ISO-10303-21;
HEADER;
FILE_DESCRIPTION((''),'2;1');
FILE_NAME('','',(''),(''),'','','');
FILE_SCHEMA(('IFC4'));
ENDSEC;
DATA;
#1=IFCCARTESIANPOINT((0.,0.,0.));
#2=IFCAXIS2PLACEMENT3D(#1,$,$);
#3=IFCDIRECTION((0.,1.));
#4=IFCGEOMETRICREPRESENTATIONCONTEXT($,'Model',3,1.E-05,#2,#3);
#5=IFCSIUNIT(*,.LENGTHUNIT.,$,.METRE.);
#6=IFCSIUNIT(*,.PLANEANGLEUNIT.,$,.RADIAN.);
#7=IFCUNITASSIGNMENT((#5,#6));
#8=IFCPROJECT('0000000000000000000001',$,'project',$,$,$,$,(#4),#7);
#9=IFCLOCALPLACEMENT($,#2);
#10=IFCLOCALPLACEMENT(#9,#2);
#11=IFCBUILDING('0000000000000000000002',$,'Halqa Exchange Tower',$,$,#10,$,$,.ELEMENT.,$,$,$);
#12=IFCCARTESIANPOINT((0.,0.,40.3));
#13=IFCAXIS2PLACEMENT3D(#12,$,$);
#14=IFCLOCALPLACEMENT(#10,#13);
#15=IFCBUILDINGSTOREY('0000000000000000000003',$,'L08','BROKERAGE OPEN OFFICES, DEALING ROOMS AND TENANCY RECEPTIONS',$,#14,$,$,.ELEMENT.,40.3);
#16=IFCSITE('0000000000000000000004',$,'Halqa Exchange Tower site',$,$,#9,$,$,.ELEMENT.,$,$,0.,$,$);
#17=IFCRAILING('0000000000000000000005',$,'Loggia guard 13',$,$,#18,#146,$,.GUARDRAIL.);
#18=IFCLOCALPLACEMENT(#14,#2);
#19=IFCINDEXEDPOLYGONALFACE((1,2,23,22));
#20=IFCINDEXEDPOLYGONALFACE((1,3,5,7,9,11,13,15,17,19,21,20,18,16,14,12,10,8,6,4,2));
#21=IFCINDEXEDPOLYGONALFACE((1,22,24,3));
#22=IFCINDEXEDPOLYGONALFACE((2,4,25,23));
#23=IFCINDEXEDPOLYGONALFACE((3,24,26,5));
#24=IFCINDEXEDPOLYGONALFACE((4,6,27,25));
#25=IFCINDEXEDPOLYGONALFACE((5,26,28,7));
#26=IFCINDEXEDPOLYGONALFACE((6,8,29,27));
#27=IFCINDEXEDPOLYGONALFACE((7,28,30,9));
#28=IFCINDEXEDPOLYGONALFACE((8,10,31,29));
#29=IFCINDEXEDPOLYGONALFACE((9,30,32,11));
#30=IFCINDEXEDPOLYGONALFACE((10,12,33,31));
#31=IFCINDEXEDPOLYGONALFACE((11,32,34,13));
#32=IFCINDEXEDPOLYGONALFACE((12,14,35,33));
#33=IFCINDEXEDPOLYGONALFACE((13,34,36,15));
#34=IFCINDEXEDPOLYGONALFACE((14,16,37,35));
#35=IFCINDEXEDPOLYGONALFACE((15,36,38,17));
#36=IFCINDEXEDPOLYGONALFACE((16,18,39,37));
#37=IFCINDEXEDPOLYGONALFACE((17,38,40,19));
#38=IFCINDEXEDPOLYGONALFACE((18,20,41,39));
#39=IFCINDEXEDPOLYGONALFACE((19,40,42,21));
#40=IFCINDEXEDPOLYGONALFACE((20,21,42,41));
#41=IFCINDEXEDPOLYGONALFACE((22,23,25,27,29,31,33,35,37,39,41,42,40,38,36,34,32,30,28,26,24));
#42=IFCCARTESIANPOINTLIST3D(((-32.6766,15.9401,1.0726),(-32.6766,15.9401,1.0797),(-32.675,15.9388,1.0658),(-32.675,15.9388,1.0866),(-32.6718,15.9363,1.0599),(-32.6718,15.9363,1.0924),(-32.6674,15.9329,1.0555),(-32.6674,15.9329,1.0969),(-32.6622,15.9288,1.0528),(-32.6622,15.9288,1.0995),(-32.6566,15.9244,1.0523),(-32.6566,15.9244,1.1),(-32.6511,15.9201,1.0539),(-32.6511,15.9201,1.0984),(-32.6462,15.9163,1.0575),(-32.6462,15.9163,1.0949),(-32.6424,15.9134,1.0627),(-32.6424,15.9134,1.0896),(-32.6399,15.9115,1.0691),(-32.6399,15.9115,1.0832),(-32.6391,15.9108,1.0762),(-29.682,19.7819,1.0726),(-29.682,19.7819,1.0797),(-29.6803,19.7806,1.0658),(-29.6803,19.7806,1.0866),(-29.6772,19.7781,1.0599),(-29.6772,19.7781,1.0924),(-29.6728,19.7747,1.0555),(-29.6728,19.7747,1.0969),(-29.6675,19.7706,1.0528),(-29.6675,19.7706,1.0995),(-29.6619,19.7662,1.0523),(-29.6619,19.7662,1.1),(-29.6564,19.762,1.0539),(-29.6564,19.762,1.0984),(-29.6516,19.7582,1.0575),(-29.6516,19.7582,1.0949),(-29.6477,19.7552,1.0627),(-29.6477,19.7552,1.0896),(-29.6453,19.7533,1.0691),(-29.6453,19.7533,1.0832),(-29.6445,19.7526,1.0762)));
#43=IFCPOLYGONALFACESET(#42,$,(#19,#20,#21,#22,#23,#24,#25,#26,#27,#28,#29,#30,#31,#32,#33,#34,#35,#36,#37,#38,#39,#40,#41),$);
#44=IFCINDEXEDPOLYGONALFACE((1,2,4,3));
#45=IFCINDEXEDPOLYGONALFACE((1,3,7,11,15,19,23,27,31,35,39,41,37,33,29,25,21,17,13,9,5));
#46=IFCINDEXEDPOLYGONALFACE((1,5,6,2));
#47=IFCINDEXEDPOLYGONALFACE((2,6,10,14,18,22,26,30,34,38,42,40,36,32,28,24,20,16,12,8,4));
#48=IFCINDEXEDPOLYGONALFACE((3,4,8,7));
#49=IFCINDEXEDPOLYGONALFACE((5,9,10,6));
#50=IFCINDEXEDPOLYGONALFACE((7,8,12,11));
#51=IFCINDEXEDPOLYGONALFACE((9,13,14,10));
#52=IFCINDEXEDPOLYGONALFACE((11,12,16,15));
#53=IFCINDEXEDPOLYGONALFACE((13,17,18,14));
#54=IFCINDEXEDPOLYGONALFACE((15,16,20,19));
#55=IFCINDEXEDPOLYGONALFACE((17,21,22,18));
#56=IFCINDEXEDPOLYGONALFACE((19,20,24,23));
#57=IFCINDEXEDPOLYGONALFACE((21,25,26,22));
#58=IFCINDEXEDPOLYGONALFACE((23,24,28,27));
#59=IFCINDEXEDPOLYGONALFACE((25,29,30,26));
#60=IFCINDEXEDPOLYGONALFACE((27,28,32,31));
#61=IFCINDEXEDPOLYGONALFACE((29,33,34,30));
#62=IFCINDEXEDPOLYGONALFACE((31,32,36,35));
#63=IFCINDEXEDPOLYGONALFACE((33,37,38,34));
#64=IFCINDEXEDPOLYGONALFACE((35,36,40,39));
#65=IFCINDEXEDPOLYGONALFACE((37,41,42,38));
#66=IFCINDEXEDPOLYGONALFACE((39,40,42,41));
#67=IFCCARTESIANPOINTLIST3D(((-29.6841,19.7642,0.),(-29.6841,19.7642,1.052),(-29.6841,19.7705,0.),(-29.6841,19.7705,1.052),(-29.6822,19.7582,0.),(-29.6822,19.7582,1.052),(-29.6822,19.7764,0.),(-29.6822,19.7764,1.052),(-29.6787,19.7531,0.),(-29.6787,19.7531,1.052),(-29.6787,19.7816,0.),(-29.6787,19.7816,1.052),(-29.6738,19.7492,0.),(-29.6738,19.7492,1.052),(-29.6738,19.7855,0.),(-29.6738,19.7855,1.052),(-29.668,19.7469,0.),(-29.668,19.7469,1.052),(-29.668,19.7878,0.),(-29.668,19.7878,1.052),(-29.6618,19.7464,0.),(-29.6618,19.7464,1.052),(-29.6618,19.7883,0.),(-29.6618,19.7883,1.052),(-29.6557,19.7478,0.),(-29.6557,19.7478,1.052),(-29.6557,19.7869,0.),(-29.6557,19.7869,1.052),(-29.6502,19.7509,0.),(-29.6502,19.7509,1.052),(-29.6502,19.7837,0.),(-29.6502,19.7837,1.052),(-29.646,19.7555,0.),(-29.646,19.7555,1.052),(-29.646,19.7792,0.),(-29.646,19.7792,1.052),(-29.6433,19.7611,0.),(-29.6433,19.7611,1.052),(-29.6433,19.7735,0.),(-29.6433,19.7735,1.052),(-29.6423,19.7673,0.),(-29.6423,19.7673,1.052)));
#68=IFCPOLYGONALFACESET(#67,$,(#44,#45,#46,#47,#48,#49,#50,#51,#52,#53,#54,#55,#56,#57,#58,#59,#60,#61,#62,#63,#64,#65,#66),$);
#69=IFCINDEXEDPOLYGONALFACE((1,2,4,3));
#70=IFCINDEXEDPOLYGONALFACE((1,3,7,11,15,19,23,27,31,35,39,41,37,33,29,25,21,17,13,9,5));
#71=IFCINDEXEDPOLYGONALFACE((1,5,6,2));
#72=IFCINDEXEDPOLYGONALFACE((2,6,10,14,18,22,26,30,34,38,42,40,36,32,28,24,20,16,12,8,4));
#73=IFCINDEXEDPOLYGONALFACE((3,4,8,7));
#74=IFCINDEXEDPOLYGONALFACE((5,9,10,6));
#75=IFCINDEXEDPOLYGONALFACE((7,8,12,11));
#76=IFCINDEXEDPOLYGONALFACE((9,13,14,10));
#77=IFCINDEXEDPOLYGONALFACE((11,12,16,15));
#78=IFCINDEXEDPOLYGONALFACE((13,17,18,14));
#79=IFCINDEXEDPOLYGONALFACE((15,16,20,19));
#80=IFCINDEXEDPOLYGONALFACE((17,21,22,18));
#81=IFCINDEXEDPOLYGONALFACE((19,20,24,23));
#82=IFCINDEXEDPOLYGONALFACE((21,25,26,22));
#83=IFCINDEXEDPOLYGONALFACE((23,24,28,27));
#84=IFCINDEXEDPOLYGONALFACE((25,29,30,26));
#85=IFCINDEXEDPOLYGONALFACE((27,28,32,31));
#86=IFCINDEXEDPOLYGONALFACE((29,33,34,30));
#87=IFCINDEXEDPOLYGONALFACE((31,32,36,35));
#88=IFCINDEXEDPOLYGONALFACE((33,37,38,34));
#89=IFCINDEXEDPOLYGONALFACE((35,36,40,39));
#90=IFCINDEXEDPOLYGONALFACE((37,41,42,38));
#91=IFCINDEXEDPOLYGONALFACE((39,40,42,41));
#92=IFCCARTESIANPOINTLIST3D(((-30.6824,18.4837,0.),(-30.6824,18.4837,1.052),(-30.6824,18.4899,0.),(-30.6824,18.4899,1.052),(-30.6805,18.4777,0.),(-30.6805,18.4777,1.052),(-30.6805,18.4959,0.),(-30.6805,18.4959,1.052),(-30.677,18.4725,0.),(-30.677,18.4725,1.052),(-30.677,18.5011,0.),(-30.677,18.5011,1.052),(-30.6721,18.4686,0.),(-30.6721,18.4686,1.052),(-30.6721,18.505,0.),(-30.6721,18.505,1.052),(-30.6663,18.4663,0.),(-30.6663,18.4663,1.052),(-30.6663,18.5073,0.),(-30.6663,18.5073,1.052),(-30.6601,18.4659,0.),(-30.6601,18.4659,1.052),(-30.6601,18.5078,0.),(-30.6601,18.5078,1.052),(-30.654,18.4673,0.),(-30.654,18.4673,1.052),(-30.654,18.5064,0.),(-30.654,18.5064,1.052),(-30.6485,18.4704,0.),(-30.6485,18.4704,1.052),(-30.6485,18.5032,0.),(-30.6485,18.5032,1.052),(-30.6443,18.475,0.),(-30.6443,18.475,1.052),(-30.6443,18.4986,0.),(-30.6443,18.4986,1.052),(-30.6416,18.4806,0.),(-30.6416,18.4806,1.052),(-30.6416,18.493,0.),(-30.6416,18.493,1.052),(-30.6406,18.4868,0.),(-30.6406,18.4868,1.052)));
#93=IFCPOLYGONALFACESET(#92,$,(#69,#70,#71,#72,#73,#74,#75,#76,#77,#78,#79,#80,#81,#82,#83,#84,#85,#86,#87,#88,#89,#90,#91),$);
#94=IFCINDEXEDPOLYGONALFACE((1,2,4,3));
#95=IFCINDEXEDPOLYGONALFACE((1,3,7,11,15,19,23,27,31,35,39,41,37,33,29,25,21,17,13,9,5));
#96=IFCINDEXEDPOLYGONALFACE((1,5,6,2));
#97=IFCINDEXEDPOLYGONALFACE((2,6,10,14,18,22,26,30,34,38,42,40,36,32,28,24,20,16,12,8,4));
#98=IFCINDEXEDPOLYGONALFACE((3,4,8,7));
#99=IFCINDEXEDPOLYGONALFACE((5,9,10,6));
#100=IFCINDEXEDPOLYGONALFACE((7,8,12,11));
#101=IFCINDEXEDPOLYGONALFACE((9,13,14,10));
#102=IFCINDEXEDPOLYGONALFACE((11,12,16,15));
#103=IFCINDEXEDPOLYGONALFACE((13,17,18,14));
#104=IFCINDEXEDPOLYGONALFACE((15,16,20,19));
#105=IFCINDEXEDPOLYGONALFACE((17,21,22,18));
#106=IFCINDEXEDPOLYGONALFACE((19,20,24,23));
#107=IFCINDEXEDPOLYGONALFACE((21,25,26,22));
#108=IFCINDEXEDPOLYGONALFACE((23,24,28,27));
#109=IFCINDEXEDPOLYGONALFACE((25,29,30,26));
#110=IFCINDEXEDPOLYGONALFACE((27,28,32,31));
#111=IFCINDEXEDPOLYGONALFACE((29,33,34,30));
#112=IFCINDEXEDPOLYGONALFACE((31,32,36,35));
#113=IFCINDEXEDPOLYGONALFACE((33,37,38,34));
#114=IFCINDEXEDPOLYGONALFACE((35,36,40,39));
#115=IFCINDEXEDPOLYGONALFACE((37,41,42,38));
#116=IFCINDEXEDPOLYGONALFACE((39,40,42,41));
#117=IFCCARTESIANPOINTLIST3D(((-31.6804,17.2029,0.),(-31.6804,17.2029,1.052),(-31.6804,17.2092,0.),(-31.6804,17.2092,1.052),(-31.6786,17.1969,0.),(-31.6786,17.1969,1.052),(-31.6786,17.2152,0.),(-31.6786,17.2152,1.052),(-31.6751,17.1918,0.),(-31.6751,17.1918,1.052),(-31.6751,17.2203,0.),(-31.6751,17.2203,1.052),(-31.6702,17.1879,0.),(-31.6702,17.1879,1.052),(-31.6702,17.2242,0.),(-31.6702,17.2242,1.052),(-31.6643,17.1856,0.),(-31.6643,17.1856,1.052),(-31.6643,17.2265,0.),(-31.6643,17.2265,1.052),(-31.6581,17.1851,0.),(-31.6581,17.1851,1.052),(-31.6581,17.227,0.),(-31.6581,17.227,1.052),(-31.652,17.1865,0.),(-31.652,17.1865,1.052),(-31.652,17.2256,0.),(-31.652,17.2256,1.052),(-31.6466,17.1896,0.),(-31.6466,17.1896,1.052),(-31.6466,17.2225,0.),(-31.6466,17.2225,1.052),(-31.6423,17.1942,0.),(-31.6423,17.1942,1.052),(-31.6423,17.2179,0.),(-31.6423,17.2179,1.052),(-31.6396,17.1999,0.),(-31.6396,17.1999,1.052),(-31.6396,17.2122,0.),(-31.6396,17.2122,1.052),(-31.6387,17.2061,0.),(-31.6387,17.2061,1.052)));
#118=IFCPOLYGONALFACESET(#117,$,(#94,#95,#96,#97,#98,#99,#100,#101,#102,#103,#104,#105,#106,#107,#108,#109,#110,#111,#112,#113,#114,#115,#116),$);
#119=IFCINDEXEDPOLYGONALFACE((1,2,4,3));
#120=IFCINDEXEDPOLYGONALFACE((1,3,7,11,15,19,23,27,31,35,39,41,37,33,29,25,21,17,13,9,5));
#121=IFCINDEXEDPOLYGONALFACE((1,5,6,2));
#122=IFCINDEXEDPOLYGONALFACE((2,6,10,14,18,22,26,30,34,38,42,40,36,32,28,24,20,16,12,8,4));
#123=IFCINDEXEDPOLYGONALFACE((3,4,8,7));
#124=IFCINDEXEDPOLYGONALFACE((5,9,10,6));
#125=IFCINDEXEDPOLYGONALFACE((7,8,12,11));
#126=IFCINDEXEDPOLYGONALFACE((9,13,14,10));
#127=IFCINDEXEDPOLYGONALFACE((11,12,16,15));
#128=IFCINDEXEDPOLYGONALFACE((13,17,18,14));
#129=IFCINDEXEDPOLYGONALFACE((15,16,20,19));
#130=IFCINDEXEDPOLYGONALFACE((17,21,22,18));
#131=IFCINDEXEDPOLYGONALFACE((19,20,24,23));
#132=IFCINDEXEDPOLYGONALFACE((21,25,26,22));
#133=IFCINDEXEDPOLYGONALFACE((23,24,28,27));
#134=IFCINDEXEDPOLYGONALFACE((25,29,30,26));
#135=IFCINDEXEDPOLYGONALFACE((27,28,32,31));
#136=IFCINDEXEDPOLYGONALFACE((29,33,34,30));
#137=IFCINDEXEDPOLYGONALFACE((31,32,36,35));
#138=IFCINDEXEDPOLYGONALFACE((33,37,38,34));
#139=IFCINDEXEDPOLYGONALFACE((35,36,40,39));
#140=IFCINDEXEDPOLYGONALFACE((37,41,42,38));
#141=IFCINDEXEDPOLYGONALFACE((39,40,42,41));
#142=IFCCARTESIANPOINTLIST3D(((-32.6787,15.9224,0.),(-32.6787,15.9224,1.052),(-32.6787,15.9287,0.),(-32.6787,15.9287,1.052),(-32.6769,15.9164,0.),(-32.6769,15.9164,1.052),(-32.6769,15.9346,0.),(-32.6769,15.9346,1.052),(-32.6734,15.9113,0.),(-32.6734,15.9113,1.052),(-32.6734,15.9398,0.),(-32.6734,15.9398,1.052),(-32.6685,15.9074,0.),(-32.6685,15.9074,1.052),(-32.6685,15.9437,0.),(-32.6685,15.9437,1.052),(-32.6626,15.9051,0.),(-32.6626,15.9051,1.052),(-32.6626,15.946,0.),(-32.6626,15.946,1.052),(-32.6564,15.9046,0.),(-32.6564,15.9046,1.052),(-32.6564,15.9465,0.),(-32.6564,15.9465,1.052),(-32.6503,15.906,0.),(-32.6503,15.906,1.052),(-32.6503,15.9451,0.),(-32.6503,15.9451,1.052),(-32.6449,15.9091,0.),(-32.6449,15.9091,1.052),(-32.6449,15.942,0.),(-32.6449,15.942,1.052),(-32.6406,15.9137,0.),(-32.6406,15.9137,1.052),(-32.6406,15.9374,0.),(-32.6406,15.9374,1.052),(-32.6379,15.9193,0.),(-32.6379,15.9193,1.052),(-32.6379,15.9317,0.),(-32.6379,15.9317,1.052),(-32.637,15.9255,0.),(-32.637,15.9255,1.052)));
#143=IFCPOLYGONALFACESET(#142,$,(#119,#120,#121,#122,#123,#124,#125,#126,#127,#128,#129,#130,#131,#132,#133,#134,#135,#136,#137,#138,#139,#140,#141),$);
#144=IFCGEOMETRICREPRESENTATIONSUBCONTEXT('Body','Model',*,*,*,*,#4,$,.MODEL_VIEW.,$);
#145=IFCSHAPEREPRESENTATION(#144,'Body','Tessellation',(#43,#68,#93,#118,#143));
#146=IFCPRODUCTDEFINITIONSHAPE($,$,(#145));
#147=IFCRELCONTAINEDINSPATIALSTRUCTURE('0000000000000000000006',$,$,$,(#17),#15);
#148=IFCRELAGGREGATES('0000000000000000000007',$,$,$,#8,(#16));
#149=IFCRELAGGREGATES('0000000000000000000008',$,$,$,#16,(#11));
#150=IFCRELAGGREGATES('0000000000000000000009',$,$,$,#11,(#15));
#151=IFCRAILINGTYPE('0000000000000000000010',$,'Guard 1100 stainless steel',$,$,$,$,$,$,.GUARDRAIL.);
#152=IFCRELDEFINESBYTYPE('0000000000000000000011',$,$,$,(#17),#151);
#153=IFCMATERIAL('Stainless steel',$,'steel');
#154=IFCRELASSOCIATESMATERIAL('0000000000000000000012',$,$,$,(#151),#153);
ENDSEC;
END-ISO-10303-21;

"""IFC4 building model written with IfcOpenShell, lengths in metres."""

from ifc_helpers import new_model, si_unit, direction, frame, origin, origin_2d, place, context, subcontext, project, spatial, circle, extrude, material, type_object, element, save


model = new_model("IFC4")

# Units and contexts
model_context = context("Model", 3, precision=1e-05, world=origin(), true_north=direction((0.0, 1.0)))
body_context = subcontext(model_context, "Body", "Model", "MODEL_VIEW")
ifc_project = project(units=[si_unit("LENGTHUNIT", "METRE"), si_unit("PLANEANGLEUNIT", "RADIAN")], contexts=[model_context])

# Site, building, storey
site_placement = place(None, origin())
site = spatial("IfcSite", under=ifc_project, at=site_placement, Name="Halqa Exchange Tower site", CompositionType="ELEMENT", RefElevation=0.0)
building_placement = place(site_placement, origin())
building = spatial("IfcBuilding", under=site, at=building_placement, Name="Halqa Exchange Tower", CompositionType="ELEMENT")
storey_placement = place(building_placement, frame((0.0, 0.0, 40.3)))
storey = spatial("IfcBuildingStorey", under=building, at=storey_placement, Name="L08", Description="BROKERAGE OPEN OFFICES, DEALING ROOMS AND TENANCY RECEPTIONS", CompositionType="ELEMENT", Elevation=40.3)

# Railing
ifc_material_1 = material(Name="Stainless steel", Category="steel")
railing_type = type_object("IfcRailingType", Name="Guard 1100 stainless steel", PredefinedType="GUARDRAIL", material=ifc_material_1)
railing_1_placement = place(storey_placement, frame((-29.6633, 19.7673, 0.0)))
element("IfcRailing", 1, at=railing_1_placement, inside=storey, type_object=railing_type, Name="Loggia guard 13", PredefinedType="GUARDRAIL", context=body_context, shape_type="SweptSolid", body=[
    extrude(circle(Radius=0.0239, at=origin_2d()), frame((0.0, 0.0, 1.0762), z_axis=(-0.61478, -0.788699, 0.0), x_axis=(0.788699, -0.61478, 0.0)), (0.0, 0.0, 1.0), 4.8711),
    extrude(circle(Radius=0.021, at=origin_2d()), origin(), (0.0, 0.0, 1.0), 1.052),
    extrude(circle(Radius=0.021, at=origin_2d()), frame((-0.9983, -1.2805, 0.0)), (0.0, 0.0, 1.0), 1.052),
    extrude(circle(Radius=0.021, at=origin_2d()), frame((-1.9963, -2.5613, 0.0)), (0.0, 0.0, 1.0), 1.052),
    extrude(circle(Radius=0.021, at=origin_2d()), frame((-2.9946, -3.8418, 0.0)), (0.0, 0.0, 1.0), 1.052),
])

save(model, "model.ifc")
